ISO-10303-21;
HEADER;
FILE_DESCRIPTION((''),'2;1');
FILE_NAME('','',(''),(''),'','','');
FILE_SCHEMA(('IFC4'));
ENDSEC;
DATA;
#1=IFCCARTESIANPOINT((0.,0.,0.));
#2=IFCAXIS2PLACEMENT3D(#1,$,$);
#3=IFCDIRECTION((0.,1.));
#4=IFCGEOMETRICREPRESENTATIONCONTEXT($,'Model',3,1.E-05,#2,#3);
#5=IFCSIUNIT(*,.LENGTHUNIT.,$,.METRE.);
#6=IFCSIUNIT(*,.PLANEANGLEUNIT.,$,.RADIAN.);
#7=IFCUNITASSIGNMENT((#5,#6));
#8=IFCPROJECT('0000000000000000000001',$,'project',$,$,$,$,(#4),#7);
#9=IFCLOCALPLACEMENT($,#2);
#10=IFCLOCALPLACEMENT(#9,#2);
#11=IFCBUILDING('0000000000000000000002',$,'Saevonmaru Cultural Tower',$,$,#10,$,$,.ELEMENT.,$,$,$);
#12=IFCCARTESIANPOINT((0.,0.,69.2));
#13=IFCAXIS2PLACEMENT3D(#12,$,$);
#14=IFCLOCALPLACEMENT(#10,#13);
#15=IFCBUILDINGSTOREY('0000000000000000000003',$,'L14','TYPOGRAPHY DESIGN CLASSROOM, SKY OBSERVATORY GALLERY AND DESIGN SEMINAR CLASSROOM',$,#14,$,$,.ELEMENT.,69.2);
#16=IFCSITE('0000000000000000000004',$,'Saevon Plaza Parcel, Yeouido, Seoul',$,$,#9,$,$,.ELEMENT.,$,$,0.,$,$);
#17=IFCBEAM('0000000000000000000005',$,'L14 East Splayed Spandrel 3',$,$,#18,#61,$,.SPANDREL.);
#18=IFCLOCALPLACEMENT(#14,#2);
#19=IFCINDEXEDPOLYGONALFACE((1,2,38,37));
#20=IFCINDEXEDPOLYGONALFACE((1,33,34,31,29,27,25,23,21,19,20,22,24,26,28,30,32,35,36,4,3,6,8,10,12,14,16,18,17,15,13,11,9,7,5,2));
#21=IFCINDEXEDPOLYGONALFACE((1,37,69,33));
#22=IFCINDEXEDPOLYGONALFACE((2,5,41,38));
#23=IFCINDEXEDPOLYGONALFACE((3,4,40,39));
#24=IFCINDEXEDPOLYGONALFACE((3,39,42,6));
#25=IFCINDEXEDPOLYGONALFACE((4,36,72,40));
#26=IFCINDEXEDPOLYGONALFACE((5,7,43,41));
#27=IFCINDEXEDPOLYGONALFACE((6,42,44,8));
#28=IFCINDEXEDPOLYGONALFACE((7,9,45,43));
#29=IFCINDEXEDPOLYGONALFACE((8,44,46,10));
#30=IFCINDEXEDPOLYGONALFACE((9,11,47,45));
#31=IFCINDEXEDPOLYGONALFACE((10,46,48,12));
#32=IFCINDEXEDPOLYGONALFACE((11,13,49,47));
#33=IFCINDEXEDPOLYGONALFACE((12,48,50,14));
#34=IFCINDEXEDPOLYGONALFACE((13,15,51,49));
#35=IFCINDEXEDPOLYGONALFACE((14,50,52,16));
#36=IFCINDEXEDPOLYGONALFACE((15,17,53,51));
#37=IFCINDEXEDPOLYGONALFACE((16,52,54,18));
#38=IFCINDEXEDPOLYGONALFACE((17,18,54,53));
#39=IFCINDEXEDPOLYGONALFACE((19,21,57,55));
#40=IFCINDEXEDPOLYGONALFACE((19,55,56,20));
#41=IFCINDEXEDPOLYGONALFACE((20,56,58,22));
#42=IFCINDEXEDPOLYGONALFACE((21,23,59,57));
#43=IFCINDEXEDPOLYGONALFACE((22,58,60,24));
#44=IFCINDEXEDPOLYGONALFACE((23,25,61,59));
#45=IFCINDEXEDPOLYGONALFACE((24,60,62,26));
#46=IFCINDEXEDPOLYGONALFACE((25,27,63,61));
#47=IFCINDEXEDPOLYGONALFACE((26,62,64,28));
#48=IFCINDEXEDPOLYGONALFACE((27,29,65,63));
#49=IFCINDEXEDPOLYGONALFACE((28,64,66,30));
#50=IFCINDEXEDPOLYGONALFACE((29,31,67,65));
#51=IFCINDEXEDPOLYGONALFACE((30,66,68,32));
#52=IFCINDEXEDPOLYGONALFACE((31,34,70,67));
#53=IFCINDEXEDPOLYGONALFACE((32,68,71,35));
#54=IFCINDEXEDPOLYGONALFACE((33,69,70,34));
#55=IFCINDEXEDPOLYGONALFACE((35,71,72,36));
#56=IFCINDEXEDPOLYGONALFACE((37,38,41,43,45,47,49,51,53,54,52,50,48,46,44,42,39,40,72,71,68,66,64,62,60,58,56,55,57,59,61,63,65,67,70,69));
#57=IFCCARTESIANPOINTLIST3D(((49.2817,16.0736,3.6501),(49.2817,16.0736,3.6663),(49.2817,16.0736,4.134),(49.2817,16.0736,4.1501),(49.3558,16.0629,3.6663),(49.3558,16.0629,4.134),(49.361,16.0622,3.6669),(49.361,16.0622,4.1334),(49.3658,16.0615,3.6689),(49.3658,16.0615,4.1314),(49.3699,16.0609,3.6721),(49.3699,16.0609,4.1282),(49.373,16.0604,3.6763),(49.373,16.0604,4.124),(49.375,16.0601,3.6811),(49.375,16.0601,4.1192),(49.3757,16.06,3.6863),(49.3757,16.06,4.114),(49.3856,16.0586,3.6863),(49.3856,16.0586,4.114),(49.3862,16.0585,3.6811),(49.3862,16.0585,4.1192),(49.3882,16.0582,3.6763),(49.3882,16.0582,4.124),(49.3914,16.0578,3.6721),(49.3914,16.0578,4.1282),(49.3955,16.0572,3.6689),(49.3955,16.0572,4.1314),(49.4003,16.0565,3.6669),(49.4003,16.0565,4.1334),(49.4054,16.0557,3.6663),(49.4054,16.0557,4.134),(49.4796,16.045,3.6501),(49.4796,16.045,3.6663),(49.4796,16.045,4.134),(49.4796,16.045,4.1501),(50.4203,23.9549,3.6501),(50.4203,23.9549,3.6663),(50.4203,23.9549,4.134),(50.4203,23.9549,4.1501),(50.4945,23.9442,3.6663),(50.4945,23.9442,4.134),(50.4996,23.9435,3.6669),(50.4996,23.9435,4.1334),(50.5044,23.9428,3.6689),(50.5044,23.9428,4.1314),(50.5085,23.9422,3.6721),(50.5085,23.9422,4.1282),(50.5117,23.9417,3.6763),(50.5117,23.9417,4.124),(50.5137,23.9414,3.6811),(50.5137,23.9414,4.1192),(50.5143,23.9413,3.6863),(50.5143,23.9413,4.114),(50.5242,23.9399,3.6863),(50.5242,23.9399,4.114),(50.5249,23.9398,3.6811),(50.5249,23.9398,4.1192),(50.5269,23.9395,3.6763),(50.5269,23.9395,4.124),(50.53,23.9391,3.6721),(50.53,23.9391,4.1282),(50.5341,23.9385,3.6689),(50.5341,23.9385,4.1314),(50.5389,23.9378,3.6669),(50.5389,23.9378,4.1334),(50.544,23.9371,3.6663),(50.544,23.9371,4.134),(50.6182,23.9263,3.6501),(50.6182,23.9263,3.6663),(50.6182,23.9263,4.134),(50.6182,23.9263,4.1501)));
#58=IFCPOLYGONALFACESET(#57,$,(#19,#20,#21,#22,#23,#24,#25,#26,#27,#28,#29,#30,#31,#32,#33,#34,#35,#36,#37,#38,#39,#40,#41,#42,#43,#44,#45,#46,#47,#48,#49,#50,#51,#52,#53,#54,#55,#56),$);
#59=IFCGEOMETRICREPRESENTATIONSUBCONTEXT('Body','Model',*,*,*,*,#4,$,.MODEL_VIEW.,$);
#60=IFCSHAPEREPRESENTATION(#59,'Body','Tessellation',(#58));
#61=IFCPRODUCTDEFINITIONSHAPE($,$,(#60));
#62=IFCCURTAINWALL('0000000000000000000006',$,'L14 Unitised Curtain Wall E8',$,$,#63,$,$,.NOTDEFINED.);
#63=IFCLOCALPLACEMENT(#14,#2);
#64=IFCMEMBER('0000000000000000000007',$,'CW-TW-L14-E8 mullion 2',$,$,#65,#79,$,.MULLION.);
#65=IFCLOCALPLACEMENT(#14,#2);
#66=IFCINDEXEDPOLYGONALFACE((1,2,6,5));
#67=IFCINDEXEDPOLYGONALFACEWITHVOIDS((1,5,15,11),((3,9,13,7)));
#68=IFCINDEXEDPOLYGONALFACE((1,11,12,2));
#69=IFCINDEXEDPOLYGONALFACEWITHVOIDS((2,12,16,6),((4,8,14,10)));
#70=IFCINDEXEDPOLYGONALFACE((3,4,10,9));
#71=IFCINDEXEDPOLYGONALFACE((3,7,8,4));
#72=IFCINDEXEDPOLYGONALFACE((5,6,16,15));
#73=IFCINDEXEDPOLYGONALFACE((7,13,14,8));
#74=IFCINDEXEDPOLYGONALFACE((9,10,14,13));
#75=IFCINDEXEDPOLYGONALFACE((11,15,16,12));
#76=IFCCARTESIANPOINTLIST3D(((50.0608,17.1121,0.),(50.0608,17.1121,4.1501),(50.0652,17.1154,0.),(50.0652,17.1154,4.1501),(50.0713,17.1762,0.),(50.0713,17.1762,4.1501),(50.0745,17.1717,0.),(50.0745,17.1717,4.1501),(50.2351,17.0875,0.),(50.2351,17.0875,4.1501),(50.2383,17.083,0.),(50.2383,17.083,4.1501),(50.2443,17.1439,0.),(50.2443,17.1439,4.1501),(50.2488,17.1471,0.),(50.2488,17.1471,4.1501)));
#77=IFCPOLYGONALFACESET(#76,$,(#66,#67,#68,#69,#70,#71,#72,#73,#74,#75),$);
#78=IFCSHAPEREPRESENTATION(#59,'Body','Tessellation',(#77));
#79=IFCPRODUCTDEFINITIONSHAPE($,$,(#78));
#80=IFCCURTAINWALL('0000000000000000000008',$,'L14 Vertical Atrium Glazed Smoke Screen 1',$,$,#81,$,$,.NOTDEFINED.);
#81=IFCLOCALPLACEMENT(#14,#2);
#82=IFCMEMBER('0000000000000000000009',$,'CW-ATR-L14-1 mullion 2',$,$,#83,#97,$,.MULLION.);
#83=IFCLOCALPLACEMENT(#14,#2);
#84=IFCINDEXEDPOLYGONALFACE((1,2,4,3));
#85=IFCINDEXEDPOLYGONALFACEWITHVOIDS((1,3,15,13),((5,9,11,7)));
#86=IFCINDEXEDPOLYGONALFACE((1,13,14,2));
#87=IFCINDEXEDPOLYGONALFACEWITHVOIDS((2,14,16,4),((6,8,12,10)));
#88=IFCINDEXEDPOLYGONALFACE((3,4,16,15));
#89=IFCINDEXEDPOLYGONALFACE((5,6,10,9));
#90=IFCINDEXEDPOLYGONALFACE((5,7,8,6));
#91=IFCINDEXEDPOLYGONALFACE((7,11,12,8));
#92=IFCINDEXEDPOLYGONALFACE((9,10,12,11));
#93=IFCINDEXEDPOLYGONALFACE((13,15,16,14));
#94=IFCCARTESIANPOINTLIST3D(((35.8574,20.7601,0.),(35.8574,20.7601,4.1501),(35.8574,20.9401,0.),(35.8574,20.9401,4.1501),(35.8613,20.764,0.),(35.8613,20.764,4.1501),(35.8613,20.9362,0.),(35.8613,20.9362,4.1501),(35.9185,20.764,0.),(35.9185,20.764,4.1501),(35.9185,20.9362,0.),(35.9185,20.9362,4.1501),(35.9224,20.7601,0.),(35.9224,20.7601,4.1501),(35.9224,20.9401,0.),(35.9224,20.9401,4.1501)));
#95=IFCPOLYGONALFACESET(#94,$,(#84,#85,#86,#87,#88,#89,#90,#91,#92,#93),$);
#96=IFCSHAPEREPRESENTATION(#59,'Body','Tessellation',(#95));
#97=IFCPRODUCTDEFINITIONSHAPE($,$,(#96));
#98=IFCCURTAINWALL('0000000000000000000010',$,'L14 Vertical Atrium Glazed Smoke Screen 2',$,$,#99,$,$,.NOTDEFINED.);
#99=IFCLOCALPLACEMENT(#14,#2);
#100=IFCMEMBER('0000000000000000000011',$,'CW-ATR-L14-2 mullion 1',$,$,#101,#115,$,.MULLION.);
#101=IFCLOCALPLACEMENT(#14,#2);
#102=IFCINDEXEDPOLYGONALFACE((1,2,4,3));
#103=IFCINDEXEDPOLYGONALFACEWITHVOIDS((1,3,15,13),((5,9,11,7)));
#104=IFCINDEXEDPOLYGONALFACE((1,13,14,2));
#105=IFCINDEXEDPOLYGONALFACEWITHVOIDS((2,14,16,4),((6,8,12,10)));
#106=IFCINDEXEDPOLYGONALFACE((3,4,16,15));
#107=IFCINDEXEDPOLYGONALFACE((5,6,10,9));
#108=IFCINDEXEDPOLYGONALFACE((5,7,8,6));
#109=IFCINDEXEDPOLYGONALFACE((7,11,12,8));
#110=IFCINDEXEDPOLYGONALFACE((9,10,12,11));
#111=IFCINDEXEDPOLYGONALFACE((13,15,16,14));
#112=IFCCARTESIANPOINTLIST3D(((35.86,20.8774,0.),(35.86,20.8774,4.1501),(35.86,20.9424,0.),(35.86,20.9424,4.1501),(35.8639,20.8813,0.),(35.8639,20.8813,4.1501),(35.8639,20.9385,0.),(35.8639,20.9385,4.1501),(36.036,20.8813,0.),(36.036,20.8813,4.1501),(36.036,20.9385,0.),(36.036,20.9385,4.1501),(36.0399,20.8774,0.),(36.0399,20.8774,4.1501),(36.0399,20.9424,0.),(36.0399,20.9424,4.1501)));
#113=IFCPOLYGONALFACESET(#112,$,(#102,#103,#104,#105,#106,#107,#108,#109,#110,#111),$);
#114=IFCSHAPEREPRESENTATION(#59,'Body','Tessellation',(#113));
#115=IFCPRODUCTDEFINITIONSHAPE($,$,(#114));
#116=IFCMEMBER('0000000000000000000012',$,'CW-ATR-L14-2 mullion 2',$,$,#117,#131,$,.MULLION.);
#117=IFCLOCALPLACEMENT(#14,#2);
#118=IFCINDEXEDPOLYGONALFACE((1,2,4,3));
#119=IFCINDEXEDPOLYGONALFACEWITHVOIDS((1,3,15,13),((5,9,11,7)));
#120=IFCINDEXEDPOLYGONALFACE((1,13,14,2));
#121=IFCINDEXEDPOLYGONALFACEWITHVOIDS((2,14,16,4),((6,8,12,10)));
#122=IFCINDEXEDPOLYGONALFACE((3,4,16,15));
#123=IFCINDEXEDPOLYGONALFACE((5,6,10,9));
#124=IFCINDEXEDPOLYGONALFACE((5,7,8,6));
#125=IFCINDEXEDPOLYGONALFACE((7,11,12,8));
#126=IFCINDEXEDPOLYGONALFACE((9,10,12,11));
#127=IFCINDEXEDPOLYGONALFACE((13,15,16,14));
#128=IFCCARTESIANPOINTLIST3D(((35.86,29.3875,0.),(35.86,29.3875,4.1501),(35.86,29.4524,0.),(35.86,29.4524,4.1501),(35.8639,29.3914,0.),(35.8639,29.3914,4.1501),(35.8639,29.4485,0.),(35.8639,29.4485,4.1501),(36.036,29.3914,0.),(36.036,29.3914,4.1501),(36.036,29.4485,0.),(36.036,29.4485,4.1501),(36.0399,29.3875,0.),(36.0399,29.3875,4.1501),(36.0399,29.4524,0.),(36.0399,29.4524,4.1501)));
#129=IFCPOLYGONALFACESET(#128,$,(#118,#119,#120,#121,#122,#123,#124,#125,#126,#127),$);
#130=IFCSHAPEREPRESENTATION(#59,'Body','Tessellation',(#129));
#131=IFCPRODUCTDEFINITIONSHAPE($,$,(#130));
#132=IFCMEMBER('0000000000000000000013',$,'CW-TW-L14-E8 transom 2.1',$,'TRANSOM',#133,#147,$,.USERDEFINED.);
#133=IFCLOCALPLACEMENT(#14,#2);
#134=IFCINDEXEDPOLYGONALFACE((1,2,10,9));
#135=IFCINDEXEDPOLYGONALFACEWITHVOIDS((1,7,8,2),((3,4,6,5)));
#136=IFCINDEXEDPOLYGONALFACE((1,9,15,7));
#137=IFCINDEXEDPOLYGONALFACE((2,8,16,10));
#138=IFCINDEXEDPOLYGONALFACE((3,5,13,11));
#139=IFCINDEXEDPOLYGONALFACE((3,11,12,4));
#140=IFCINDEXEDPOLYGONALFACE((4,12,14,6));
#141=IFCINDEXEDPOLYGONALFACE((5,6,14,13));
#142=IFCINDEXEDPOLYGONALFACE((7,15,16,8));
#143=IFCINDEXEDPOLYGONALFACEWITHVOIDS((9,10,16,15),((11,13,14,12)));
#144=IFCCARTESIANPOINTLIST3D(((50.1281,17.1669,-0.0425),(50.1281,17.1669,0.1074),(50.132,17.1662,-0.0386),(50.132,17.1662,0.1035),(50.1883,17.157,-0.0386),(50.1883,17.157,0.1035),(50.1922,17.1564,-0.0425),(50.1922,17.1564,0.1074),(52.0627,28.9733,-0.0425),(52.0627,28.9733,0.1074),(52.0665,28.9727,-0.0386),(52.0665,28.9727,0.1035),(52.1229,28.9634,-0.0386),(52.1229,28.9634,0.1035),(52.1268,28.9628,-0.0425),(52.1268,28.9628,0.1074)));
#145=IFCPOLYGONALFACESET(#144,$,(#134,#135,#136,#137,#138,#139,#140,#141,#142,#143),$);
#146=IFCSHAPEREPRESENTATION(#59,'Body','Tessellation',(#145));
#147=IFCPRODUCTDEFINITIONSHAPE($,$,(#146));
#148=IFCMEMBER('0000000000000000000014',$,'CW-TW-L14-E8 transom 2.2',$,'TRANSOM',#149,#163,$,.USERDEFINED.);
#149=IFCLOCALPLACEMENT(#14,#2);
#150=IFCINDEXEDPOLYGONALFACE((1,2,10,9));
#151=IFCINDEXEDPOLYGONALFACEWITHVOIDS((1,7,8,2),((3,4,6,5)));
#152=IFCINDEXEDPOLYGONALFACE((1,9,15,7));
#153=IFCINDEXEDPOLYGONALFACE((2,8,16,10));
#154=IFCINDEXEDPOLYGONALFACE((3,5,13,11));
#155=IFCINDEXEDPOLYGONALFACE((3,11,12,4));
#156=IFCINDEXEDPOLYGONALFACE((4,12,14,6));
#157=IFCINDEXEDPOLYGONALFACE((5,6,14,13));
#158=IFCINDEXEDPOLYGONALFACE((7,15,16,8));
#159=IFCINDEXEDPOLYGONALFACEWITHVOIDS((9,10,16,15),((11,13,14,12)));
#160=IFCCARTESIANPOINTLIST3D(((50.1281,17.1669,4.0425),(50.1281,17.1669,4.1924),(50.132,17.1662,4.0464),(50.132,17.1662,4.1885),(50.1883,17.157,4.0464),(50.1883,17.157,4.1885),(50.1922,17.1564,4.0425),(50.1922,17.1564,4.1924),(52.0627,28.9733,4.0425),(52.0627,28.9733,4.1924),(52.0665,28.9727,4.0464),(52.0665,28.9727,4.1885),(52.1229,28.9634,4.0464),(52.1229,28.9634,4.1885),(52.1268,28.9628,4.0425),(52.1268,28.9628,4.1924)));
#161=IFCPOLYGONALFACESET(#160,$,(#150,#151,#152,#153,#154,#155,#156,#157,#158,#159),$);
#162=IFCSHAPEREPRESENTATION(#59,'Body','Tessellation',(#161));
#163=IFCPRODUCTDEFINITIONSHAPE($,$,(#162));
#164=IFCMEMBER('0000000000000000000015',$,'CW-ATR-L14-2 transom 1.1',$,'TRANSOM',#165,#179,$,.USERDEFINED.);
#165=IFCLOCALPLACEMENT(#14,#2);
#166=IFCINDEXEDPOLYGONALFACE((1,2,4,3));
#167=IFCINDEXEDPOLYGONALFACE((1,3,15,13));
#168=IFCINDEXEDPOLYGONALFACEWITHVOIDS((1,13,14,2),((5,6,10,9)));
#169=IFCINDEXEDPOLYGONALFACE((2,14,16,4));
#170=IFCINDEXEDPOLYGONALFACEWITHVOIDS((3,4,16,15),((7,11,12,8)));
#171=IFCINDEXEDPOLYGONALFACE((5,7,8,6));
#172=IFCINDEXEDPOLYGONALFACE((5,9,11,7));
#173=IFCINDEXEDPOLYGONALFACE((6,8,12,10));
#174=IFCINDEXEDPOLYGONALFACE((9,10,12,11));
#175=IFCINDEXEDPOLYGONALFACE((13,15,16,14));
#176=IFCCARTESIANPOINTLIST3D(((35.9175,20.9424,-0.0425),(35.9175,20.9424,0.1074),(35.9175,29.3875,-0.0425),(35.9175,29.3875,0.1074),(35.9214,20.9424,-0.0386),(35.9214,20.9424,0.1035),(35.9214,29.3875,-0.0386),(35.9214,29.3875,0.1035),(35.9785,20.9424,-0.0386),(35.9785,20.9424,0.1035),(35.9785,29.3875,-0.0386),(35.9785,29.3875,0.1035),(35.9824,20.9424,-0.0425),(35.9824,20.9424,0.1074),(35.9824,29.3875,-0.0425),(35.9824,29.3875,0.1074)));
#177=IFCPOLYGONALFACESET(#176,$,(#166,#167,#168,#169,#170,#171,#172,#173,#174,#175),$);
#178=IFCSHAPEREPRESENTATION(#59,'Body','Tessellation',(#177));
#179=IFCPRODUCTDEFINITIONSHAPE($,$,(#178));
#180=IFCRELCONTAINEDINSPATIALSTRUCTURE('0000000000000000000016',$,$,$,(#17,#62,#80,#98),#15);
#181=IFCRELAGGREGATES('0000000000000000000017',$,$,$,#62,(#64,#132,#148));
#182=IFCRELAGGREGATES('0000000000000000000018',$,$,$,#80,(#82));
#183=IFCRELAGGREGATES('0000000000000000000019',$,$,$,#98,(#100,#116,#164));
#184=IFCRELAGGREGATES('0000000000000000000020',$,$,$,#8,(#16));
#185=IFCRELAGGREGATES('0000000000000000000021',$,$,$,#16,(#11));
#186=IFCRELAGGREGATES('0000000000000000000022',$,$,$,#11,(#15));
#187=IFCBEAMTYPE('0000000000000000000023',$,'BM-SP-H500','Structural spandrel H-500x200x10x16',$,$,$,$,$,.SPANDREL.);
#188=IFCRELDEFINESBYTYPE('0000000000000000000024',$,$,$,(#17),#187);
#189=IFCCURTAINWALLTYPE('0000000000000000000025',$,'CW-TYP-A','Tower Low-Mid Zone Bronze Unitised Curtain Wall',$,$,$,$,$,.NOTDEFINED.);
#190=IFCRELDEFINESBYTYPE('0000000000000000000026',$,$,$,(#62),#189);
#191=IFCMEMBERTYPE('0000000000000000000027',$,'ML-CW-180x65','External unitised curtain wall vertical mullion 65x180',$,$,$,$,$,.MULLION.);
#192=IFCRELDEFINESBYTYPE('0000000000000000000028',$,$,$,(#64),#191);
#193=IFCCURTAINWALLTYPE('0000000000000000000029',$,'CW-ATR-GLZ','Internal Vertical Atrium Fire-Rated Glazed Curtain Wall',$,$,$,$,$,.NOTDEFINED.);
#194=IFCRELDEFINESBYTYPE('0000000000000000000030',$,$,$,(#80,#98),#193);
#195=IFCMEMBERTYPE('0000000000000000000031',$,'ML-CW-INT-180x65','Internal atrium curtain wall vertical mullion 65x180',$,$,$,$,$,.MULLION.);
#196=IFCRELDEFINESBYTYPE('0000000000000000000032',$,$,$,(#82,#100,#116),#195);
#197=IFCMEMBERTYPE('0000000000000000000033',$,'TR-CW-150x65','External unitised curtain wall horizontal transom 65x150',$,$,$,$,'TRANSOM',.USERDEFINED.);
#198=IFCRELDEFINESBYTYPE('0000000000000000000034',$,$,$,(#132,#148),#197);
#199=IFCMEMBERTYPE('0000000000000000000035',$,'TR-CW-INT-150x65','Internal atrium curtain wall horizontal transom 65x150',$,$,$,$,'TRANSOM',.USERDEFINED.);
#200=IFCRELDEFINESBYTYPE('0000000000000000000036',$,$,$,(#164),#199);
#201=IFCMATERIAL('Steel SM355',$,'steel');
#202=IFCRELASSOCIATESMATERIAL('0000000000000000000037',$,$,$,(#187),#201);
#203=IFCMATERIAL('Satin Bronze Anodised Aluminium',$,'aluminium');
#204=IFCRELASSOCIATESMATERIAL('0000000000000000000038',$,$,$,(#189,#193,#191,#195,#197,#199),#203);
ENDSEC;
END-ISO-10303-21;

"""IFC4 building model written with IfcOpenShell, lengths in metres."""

from ifc_helpers import new_model, si_unit, direction, frame, origin, origin_2d, place, context, subcontext, project, spatial, hollow_rectangle, i_section, extrude, material, material_profile, profile_set, type_object, element, aggregate, save


model = new_model("IFC4")

# Units and contexts
model_context = context("Model", 3, precision=1e-05, world=origin(), true_north=direction((0.0, 1.0)))
body_context = subcontext(model_context, "Body", "Model", "MODEL_VIEW")
ifc_project = project(units=[si_unit("LENGTHUNIT", "METRE"), si_unit("PLANEANGLEUNIT", "RADIAN")], contexts=[model_context])

# Site, building, storey
site_placement = place(None, origin())
site = spatial("IfcSite", under=ifc_project, at=site_placement, Name="Saevon Plaza Parcel, Yeouido, Seoul", CompositionType="ELEMENT", RefElevation=0.0)
building_placement = place(site_placement, origin())
building = spatial("IfcBuilding", under=site, at=building_placement, Name="Saevonmaru Cultural Tower", CompositionType="ELEMENT")
storey_placement = place(building_placement, frame((0.0, 0.0, 69.2)))
storey = spatial("IfcBuildingStorey", under=building, at=storey_placement, Name="L14", Description="TYPOGRAPHY DESIGN CLASSROOM, SKY OBSERVATORY GALLERY AND DESIGN SEMINAR CLASSROOM", CompositionType="ELEMENT", Elevation=69.2)

# Beam
ifc_material_1 = material(Name="Steel SM355", Category="steel")
ifc_material_profile_1 = material_profile(ifc_material_1, i_section(OverallWidth=0.2, OverallDepth=0.5, WebThickness=0.01, FlangeThickness=0.0161, FilletRadius=0.02, at=origin_2d()), Name="H-500x200x10x16")
ifc_profile_set_1 = profile_set([ifc_material_profile_1], Name="Steel SM355")
beam_type_1 = type_object("IfcBeamType", Name="BM-SP-H500", Description="Structural spandrel H-500x200x10x16", PredefinedType="SPANDREL", material=ifc_profile_set_1)
beam_1_placement = place(storey_placement, frame((49.3806, 16.0593, 3.9001), z_axis=(0.142992, 0.989724, 0.0), x_axis=(-0.989724, 0.142992, 0.0)))
element("IfcBeam", 1, at=beam_1_placement, inside=storey, type_object=beam_type_1, Name="L14 East Splayed Spandrel 3", PredefinedType="SPANDREL", context=body_context, shape_type="SweptSolid", body=[
    extrude(i_section(OverallWidth=0.2, OverallDepth=0.5, WebThickness=0.01, FlangeThickness=0.0161, FilletRadius=0.02, at=origin_2d()), origin(), (0.0, 0.0, 1.0), 7.9631),
])

# Curtain walls, members
ifc_material_2 = material(Name="Satin Bronze Anodised Aluminium", Category="aluminium")
curtain_wall_type_1 = type_object("IfcCurtainWallType", Name="CW-TYP-A", Description="Tower Low-Mid Zone Bronze Unitised Curtain Wall", PredefinedType="NOTDEFINED", material=ifc_material_2)
curtain_wall_1_placement = place(storey_placement, origin())
curtain_wall_1 = element("IfcCurtainWall", 2, at=curtain_wall_1_placement, inside=storey, type_object=curtain_wall_type_1, Name="L14 Unitised Curtain Wall E8", PredefinedType="NOTDEFINED")
ifc_material_profile_2 = material_profile(ifc_material_2, hollow_rectangle(XDim=0.0649, YDim=0.1799, WallThickness=0.0039, at=origin_2d()), Name="ALU-MULL-180x65x4")
ifc_profile_set_2 = profile_set([ifc_material_profile_2], Name="Satin Bronze Anodised Aluminium")
member_type_1 = type_object("IfcMemberType", Name="ML-CW-180x65", Description="External unitised curtain wall vertical mullion 65x180", PredefinedType="MULLION", material=ifc_profile_set_2)
member_1_placement = place(storey_placement, frame((50.1548, 17.1296, 0.0), z_axis=(0.0, 0.0, 1.0), x_axis=(0.161709, 0.986839, 0.0)))
member_1 = element("IfcMember", 3, at=member_1_placement, type_object=member_type_1, Name="CW-TW-L14-E8 mullion 2", PredefinedType="MULLION", context=body_context, shape_type="SweptSolid", body=[
    extrude(hollow_rectangle(XDim=0.0649, YDim=0.1799, WallThickness=0.0039, at=origin_2d()), origin(), (0.0, 0.0, 1.0), 4.1501),
])
curtain_wall_type_2 = type_object("IfcCurtainWallType", Name="CW-ATR-GLZ", Description="Internal Vertical Atrium Fire-Rated Glazed Curtain Wall", PredefinedType="NOTDEFINED", material=ifc_material_2)
curtain_wall_2_placement = place(storey_placement, origin())
curtain_wall_2 = element("IfcCurtainWall", 4, at=curtain_wall_2_placement, inside=storey, type_object=curtain_wall_type_2, Name="L14 Vertical Atrium Glazed Smoke Screen 1", PredefinedType="NOTDEFINED")
ifc_material_profile_3 = material_profile(ifc_material_2, hollow_rectangle(XDim=0.0649, YDim=0.1799, WallThickness=0.0039, at=origin_2d()), Name="ALU-MULL-180x65x4")
ifc_profile_set_3 = profile_set([ifc_material_profile_3], Name="Satin Bronze Anodised Aluminium")
member_type_2 = type_object("IfcMemberType", Name="ML-CW-INT-180x65", Description="Internal atrium curtain wall vertical mullion 65x180", PredefinedType="MULLION", material=ifc_profile_set_3)
member_2_placement = place(storey_placement, frame((35.8899, 20.8501, 0.0), z_axis=(0.0, 0.0, 1.0), x_axis=(1.0, 0.0, 0.0)))
member_2 = element("IfcMember", 5, at=member_2_placement, type_object=member_type_2, Name="CW-ATR-L14-1 mullion 2", PredefinedType="MULLION", context=body_context, shape_type="SweptSolid", body=[
    extrude(hollow_rectangle(XDim=0.0649, YDim=0.1799, WallThickness=0.0039, at=origin_2d()), origin(), (0.0, 0.0, 1.0), 4.1501),
])

# Curtain wall, members
curtain_wall_3_placement = place(storey_placement, origin())
curtain_wall_3 = element("IfcCurtainWall", 6, at=curtain_wall_3_placement, inside=storey, type_object=curtain_wall_type_2, Name="L14 Vertical Atrium Glazed Smoke Screen 2", PredefinedType="NOTDEFINED")
member_3_placement = place(storey_placement, frame((35.95, 20.9099, 0.0), z_axis=(0.0, 0.0, 1.0), x_axis=(0.0, 1.0, 0.0)))
member_3 = element("IfcMember", 7, at=member_3_placement, type_object=member_type_2, Name="CW-ATR-L14-2 mullion 1", PredefinedType="MULLION", context=body_context, shape_type="SweptSolid", body=[
    extrude(hollow_rectangle(XDim=0.0649, YDim=0.1799, WallThickness=0.0039, at=origin_2d()), origin(), (0.0, 0.0, 1.0), 4.1501),
])
member_4_placement = place(storey_placement, frame((35.95, 29.4199, 0.0), z_axis=(0.0, 0.0, 1.0), x_axis=(0.0, 1.0, 0.0)))
member_4 = element("IfcMember", 8, at=member_4_placement, type_object=member_type_2, Name="CW-ATR-L14-2 mullion 2", PredefinedType="MULLION", context=body_context, shape_type="SweptSolid", body=[
    extrude(hollow_rectangle(XDim=0.0649, YDim=0.1799, WallThickness=0.0039, at=origin_2d()), origin(), (0.0, 0.0, 1.0), 4.1501),
])

# Members
ifc_material_profile_4 = material_profile(ifc_material_2, hollow_rectangle(XDim=0.0649, YDim=0.1499, WallThickness=0.0039, at=origin_2d()), Name="ALU-TRAN-150x65x4")
ifc_profile_set_4 = profile_set([ifc_material_profile_4], Name="Satin Bronze Anodised Aluminium")
member_type_3 = type_object("IfcMemberType", Name="TR-CW-150x65", Description="External unitised curtain wall horizontal transom 65x150", ElementType="TRANSOM", PredefinedType="USERDEFINED", material=ifc_profile_set_4)
member_5_placement = place(storey_placement, frame((50.1602, 17.1616, 0.0325), z_axis=(0.161701, 0.98684, 0.0), x_axis=(-0.98684, 0.161701, 0.0)))
member_5 = element("IfcMember", 9, at=member_5_placement, type_object=member_type_3, Name="CW-TW-L14-E8 transom 2.1", ObjectType="TRANSOM", PredefinedType="USERDEFINED", context=body_context, shape_type="SweptSolid", body=[
    extrude(hollow_rectangle(XDim=0.0649, YDim=0.1499, WallThickness=0.0039, at=origin_2d()), origin(), (0.0, 0.0, 1.0), 11.9639),
])
member_6_placement = place(storey_placement, frame((50.1602, 17.1616, 4.1174), z_axis=(0.161701, 0.98684, 0.0), x_axis=(-0.98684, 0.161701, 0.0)))
member_6 = element("IfcMember", 10, at=member_6_placement, type_object=member_type_3, Name="CW-TW-L14-E8 transom 2.2", ObjectType="TRANSOM", PredefinedType="USERDEFINED", context=body_context, shape_type="SweptSolid", body=[
    extrude(hollow_rectangle(XDim=0.0649, YDim=0.1499, WallThickness=0.0039, at=origin_2d()), origin(), (0.0, 0.0, 1.0), 11.9639),
])
aggregate(curtain_wall_1, [member_1, member_5, member_6])
ifc_material_profile_5 = material_profile(ifc_material_2, hollow_rectangle(XDim=0.0649, YDim=0.1499, WallThickness=0.0039, at=origin_2d()), Name="ALU-TRAN-150x65x4")
ifc_profile_set_5 = profile_set([ifc_material_profile_5], Name="Satin Bronze Anodised Aluminium")
member_type_4 = type_object("IfcMemberType", Name="TR-CW-INT-150x65", Description="Internal atrium curtain wall horizontal transom 65x150", ElementType="TRANSOM", PredefinedType="USERDEFINED", material=ifc_profile_set_5)
member_7_placement = place(storey_placement, frame((35.95, 20.9424, 0.0325), z_axis=(0.0, 1.0, 0.0), x_axis=(-1.0, 0.0, 0.0)))
member_7 = element("IfcMember", 11, at=member_7_placement, type_object=member_type_4, Name="CW-ATR-L14-2 transom 1.1", ObjectType="TRANSOM", PredefinedType="USERDEFINED", context=body_context, shape_type="SweptSolid", body=[
    extrude(hollow_rectangle(XDim=0.0649, YDim=0.1499, WallThickness=0.0039, at=origin_2d()), origin(), (0.0, 0.0, 1.0), 8.4451),
])

aggregate(curtain_wall_2, [member_2])
aggregate(curtain_wall_3, [member_3, member_4, member_7])

save(model, "model.ifc")
